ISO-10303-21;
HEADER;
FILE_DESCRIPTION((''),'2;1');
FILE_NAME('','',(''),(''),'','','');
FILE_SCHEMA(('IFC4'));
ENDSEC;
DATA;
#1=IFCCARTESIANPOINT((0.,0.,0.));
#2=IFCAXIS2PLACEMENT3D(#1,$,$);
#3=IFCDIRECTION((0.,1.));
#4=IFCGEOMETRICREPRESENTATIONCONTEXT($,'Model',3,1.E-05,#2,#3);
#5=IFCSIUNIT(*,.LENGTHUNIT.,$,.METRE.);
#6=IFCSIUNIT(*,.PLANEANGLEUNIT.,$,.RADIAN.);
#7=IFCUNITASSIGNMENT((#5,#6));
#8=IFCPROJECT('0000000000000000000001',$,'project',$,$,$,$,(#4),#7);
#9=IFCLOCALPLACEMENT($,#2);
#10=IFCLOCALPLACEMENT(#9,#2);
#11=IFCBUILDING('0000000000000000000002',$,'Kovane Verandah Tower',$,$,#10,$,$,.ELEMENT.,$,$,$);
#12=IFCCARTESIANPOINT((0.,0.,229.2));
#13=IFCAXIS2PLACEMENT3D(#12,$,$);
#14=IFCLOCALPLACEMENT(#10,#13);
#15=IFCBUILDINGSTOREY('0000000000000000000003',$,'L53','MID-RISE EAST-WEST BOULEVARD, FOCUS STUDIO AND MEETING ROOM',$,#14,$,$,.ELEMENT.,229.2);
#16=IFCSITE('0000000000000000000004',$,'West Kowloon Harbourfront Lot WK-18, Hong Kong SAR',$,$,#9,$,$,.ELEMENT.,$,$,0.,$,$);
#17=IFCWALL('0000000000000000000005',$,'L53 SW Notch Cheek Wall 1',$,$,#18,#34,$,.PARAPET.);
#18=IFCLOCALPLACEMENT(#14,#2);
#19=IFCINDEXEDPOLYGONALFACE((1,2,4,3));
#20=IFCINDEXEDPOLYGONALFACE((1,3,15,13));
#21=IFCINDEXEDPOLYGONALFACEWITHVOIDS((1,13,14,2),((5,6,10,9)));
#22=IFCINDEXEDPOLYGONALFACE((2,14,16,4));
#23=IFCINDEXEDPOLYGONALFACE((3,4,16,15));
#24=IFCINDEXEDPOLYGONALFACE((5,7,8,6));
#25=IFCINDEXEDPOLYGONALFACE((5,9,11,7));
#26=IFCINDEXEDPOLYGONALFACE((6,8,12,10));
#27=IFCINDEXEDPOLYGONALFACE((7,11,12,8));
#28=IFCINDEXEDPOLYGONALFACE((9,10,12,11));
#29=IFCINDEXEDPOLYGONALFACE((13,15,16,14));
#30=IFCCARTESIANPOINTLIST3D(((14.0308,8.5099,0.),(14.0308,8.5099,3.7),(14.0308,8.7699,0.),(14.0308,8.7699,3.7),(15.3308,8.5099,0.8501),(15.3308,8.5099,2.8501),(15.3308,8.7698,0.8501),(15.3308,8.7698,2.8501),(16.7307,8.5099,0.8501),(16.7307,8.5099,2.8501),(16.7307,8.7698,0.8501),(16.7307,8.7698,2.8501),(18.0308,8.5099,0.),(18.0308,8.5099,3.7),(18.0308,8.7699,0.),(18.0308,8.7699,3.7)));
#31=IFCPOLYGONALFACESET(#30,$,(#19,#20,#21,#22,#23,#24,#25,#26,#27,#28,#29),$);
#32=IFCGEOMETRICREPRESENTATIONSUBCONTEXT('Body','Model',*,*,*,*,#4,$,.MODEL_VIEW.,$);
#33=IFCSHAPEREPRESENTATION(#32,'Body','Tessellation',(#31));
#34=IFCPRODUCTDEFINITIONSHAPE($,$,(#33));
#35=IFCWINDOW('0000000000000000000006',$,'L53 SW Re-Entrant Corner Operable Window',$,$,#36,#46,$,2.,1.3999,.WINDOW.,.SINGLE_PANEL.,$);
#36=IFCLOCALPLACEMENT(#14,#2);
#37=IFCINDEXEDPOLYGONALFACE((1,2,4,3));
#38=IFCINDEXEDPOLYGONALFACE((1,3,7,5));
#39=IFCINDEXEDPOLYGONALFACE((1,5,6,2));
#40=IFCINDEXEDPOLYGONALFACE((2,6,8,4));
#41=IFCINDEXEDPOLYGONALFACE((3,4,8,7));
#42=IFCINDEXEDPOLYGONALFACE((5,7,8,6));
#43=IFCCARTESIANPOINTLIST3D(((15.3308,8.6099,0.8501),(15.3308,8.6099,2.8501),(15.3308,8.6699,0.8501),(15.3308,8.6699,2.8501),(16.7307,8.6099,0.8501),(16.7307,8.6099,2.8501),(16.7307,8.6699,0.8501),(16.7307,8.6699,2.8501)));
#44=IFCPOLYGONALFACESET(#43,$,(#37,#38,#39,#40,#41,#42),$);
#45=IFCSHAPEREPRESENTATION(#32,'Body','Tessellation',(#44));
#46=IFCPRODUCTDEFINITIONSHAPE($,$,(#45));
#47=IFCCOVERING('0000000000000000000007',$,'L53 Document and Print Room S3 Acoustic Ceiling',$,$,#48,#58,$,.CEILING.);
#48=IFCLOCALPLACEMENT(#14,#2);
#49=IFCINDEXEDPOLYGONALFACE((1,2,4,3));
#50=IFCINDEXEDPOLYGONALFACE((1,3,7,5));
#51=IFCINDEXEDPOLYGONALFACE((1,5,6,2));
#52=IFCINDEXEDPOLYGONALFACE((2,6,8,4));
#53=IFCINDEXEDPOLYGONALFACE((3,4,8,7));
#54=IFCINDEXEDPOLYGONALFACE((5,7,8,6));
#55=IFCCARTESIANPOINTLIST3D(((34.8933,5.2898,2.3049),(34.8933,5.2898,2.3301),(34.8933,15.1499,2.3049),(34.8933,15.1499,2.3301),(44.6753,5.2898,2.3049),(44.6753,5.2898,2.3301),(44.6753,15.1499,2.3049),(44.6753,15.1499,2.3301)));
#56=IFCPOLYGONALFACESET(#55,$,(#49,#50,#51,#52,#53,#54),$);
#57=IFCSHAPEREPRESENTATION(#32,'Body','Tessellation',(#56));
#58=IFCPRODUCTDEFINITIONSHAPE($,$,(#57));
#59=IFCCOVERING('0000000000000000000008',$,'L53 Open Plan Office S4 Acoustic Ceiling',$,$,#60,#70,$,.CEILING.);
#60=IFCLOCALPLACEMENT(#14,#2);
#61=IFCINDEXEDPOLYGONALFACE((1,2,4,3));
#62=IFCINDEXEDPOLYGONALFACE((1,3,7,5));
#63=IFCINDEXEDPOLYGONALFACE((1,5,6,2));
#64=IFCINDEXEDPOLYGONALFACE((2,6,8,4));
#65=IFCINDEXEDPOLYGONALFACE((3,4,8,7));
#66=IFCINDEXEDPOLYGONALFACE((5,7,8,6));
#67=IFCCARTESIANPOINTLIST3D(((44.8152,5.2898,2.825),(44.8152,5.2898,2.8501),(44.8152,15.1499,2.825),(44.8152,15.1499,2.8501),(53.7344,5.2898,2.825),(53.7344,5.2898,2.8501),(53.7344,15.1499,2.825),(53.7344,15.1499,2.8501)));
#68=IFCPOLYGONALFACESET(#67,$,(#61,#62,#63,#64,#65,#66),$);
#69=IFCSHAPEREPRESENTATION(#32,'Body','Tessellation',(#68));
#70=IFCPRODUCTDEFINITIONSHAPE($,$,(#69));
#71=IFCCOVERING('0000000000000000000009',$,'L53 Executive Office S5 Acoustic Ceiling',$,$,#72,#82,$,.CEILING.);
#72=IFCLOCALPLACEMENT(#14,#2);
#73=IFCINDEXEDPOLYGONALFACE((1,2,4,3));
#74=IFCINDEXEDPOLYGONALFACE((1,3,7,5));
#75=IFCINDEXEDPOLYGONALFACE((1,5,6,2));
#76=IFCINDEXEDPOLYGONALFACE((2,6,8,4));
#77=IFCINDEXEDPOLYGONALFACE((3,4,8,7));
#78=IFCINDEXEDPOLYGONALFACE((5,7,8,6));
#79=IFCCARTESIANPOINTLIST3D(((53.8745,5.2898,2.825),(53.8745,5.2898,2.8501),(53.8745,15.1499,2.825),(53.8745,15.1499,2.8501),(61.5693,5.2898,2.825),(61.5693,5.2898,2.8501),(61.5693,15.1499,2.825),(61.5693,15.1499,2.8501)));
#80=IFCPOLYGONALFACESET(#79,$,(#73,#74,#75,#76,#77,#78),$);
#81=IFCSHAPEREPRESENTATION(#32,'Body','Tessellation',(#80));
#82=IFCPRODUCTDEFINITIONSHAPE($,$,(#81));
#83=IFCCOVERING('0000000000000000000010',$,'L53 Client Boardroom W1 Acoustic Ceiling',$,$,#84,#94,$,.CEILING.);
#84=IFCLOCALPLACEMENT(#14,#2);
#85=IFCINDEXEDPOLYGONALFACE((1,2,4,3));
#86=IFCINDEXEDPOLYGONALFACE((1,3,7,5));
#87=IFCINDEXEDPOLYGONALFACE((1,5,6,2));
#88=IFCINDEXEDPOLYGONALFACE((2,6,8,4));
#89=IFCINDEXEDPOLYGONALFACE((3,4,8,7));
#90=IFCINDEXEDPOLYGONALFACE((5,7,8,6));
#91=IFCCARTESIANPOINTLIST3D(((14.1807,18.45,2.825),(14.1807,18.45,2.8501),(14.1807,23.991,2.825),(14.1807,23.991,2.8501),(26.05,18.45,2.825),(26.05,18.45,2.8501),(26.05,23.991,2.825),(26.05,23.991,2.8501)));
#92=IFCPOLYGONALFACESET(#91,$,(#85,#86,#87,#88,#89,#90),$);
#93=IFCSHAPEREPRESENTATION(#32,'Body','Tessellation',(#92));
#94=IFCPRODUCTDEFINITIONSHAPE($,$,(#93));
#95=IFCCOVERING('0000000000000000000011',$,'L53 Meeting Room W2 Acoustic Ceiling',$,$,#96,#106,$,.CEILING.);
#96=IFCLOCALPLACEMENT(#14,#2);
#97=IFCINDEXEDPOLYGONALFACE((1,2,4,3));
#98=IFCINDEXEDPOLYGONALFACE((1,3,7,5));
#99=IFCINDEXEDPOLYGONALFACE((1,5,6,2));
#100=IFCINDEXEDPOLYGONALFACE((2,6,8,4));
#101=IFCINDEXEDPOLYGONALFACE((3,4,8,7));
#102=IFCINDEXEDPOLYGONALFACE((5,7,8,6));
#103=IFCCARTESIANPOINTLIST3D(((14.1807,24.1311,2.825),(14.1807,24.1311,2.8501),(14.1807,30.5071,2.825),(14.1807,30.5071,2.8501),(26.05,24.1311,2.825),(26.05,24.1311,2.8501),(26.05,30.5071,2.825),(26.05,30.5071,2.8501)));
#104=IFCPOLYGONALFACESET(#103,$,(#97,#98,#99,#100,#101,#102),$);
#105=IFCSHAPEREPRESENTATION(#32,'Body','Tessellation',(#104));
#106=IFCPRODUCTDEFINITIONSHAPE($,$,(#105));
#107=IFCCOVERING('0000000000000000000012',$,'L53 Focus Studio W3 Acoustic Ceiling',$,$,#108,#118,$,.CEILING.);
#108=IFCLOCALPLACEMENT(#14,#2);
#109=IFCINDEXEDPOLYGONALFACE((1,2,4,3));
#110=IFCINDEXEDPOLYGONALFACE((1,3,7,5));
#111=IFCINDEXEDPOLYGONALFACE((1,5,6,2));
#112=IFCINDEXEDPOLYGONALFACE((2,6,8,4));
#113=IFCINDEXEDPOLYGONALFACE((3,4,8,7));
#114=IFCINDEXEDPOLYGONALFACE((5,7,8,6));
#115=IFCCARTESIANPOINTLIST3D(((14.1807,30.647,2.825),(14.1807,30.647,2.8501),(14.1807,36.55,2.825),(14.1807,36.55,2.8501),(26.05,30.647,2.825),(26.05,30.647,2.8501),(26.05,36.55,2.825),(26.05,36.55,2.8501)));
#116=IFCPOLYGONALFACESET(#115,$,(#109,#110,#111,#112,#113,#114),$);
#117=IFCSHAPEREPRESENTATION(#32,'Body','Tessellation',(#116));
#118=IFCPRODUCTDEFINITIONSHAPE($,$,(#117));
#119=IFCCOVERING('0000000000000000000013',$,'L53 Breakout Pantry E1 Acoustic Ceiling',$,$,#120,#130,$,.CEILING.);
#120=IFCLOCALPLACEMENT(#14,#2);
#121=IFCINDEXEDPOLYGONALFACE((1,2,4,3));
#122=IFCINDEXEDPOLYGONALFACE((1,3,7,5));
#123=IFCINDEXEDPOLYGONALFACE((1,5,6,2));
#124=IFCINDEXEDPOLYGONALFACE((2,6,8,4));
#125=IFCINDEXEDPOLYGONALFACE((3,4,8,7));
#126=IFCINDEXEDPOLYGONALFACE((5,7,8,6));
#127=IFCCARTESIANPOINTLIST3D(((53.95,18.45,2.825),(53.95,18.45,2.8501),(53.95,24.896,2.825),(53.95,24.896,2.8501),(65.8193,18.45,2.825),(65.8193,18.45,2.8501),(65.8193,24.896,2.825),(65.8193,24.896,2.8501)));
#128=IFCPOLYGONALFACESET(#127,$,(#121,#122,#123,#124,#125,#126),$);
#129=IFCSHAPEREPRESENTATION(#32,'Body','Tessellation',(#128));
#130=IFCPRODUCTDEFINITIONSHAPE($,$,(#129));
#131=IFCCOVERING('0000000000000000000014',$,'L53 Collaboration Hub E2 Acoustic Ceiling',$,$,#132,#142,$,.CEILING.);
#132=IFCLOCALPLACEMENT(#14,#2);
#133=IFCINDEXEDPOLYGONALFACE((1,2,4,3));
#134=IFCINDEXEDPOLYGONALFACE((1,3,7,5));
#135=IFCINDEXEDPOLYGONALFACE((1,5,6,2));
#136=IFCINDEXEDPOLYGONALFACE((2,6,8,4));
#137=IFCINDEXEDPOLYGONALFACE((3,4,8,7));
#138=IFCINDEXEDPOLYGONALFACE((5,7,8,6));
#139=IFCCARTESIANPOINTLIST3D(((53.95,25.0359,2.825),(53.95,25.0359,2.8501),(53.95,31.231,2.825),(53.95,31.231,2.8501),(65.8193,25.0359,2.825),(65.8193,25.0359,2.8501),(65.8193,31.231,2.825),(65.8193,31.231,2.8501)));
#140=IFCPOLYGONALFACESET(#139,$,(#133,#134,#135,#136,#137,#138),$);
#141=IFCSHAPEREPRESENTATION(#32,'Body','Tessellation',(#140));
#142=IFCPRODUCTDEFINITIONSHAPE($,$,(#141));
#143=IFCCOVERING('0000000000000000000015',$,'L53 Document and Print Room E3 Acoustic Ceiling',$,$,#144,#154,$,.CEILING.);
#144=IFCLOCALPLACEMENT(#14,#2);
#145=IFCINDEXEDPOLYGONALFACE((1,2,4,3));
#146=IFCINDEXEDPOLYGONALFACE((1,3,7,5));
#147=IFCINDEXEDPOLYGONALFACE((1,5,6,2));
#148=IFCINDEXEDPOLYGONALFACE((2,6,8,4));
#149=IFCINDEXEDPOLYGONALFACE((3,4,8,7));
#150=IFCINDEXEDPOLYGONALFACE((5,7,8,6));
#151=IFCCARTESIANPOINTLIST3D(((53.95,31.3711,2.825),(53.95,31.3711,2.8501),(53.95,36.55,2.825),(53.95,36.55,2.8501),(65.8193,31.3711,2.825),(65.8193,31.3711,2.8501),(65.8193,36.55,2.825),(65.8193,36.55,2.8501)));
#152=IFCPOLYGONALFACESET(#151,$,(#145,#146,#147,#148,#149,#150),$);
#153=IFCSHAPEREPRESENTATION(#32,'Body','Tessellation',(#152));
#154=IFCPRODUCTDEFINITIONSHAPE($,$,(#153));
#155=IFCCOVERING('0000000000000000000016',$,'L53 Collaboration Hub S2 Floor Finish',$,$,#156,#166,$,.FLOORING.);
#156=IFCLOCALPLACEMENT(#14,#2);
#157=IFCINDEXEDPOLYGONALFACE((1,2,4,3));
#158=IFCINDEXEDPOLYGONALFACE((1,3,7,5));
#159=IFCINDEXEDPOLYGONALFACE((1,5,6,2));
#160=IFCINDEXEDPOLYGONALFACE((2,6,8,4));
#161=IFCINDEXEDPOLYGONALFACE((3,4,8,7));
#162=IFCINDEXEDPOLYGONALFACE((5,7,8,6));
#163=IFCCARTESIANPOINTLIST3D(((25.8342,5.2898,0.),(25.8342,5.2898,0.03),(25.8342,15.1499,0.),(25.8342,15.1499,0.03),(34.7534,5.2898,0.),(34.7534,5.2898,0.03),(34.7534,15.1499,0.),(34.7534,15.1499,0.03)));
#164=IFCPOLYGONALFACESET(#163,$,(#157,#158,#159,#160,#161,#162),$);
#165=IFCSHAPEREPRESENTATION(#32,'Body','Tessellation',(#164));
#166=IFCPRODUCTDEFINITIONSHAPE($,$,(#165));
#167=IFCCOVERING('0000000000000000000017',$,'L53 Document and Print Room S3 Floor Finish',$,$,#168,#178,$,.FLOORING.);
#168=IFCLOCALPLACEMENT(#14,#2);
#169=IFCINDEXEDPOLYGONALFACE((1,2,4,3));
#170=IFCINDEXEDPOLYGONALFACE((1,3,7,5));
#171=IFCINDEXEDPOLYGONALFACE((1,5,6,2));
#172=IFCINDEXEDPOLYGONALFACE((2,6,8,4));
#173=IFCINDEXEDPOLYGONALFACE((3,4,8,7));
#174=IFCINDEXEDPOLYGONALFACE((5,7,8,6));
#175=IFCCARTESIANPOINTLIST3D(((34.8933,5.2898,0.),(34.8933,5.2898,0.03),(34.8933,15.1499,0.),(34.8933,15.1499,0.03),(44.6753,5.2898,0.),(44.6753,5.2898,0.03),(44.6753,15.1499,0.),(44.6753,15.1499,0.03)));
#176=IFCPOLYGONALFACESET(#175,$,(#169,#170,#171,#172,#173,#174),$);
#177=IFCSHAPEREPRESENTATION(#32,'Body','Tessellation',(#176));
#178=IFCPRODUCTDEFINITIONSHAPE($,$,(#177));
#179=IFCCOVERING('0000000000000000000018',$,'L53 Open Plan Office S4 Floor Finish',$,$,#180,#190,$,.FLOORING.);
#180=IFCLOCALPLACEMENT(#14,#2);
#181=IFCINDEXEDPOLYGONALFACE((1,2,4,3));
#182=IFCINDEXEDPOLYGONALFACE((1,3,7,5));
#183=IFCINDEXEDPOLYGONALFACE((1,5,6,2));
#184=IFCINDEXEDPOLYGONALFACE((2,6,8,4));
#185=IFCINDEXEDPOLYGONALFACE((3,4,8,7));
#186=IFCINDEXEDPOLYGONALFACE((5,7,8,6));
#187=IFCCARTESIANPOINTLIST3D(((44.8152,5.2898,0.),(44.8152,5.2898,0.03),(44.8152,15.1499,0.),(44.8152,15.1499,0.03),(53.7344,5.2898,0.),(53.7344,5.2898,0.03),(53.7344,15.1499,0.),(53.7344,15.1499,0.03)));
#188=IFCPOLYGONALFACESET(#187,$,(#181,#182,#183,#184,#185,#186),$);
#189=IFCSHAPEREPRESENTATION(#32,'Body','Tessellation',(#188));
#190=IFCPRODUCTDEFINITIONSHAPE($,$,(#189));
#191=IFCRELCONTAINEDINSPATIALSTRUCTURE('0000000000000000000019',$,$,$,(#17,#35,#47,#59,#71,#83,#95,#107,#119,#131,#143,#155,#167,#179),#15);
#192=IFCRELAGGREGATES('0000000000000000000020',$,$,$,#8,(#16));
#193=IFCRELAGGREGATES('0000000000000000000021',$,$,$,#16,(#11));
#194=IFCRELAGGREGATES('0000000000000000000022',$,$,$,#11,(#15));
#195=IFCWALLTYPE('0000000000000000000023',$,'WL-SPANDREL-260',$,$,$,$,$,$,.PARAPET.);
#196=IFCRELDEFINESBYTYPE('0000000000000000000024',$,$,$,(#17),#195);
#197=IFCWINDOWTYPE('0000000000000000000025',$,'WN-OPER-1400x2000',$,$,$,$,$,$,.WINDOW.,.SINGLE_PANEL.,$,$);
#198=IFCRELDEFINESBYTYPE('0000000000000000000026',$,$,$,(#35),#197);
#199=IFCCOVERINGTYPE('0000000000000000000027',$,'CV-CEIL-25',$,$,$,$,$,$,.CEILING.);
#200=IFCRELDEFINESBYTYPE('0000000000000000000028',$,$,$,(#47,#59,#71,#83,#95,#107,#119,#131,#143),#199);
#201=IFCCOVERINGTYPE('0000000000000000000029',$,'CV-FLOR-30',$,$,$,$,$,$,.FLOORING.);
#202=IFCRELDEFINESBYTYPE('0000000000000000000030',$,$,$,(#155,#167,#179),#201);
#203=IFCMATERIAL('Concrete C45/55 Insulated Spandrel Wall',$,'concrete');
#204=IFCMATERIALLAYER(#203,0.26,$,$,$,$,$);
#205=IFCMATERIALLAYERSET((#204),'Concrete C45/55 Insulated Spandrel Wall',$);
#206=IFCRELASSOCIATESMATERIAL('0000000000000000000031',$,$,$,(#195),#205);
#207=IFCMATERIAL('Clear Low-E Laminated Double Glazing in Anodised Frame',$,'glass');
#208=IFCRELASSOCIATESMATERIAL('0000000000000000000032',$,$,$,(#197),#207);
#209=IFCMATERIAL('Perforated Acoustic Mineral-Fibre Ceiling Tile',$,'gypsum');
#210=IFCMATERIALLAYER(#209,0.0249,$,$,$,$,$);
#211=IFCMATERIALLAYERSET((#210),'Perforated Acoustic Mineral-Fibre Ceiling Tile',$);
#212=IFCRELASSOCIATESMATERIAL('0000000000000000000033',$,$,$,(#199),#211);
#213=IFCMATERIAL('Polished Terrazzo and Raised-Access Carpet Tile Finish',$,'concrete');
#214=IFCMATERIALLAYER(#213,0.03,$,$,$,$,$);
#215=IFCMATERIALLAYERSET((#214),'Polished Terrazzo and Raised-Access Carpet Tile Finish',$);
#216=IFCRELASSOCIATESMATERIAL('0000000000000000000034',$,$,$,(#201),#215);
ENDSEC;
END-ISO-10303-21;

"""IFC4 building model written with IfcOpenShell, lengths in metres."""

from ifc_helpers import new_model, si_unit, direction, frame, frame_2d, origin, place, context, subcontext, project, spatial, polyline, rectangle, outline, extrude, material, layer, layer_set, type_object, element, fill, save


model = new_model("IFC4")

# Units and contexts
model_context = context("Model", 3, precision=1e-05, world=origin(), true_north=direction((0.0, 1.0)))
body_context = subcontext(model_context, "Body", "Model", "MODEL_VIEW")
ifc_project = project(units=[si_unit("LENGTHUNIT", "METRE"), si_unit("PLANEANGLEUNIT", "RADIAN")], contexts=[model_context])

# Site, building, storey
site_placement = place(None, origin())
site = spatial("IfcSite", under=ifc_project, at=site_placement, Name="West Kowloon Harbourfront Lot WK-18, Hong Kong SAR", CompositionType="ELEMENT", RefElevation=0.0)
building_placement = place(site_placement, origin())
building = spatial("IfcBuilding", under=site, at=building_placement, Name="Kovane Verandah Tower", CompositionType="ELEMENT")
storey_placement = place(building_placement, frame((0.0, 0.0, 229.2)))
storey = spatial("IfcBuildingStorey", under=building, at=storey_placement, Name="L53", Description="MID-RISE EAST-WEST BOULEVARD, FOCUS STUDIO AND MEETING ROOM", CompositionType="ELEMENT", Elevation=229.2)

# Wall, opening, window
ifc_material_1 = material(Name="Concrete C45/55 Insulated Spandrel Wall", Category="concrete")
ifc_layer_1 = layer(ifc_material_1, 0.26)
ifc_layer_set_1 = layer_set([ifc_layer_1], Name="Concrete C45/55 Insulated Spandrel Wall")
wall_type = type_object("IfcWallType", Name="WL-SPANDREL-260", PredefinedType="PARAPET", material=ifc_layer_set_1)
wall_placement = place(storey_placement, frame((14.0308, 8.6399, 0.0), z_axis=(0.0, 0.0, 1.0), x_axis=(1.0, 0.0, 0.0)))
wall = element("IfcWall", 1, at=wall_placement, inside=storey, type_object=wall_type, Name="L53 SW Notch Cheek Wall 1", PredefinedType="PARAPET", context=body_context, shape_type="SweptSolid", body=[
    extrude(rectangle(XDim=4.0, YDim=0.26, at=frame_2d((2.0, 0.0))), origin(), (0.0, 0.0, 1.0), 3.7),
])
opening_placement = place(wall_placement, frame((1.3, 0.0, 0.8501)))
opening = element("IfcOpeningElement", 2, at=opening_placement, cuts=wall, PredefinedType="OPENING", context=body_context, shape_type="SweptSolid", body=[
    extrude(rectangle(XDim=1.3999, YDim=2.0, at=frame_2d((0.7, 1.0))), frame((0.0, 0.1299, 0.0), z_axis=(0.0, -1.0, 0.0), x_axis=(1.0, 0.0, 0.0)), (0.0, 0.0, 1.0), 0.26),
])
ifc_material_2 = material(Name="Clear Low-E Laminated Double Glazing in Anodised Frame", Category="glass")
window_type = type_object("IfcWindowType", Name="WN-OPER-1400x2000", PartitioningType="SINGLE_PANEL", PredefinedType="WINDOW", material=ifc_material_2)
window_placement = place(opening_placement, origin())
window = element("IfcWindow", 3, at=window_placement, inside=storey, type_object=window_type, Name="L53 SW Re-Entrant Corner Operable Window", OverallHeight=2.0, OverallWidth=1.3999, PartitioningType="SINGLE_PANEL", PredefinedType="WINDOW", context=body_context, shape_type="SweptSolid", body=[
    extrude(rectangle(XDim=1.3999, YDim=2.0, at=frame_2d((0.7, 1.0))), frame((0.0, 0.03, 0.0), z_axis=(0.0, -1.0, 0.0), x_axis=(1.0, 0.0, 0.0)), (0.0, 0.0, 1.0), 0.0601),
])
fill(opening, window)

# Coverings
ifc_material_3 = material(Name="Perforated Acoustic Mineral-Fibre Ceiling Tile", Category="gypsum")
ifc_layer_2 = layer(ifc_material_3, 0.0249)
ifc_layer_set_2 = layer_set([ifc_layer_2], Name="Perforated Acoustic Mineral-Fibre Ceiling Tile")
covering_type_1 = type_object("IfcCoveringType", Name="CV-CEIL-25", PredefinedType="CEILING", material=ifc_layer_set_2)
covering_1_placement = place(storey_placement, frame((0.0, 0.0, 2.3049)))
element("IfcCovering", 4, at=covering_1_placement, inside=storey, type_object=covering_type_1, Name="L53 Document and Print Room S3 Acoustic Ceiling", PredefinedType="CEILING", context=body_context, shape_type="SweptSolid", body=[
    extrude(outline(polyline([(34.8933, 5.2898), (44.6753, 5.2898), (44.6753, 15.1499), (34.8933, 15.1499), (34.8933, 5.2898)])), origin(), (0.0, 0.0, 1.0), 0.0251),
])
covering_2_placement = place(storey_placement, frame((0.0, 0.0, 2.825)))
element("IfcCovering", 5, at=covering_2_placement, inside=storey, type_object=covering_type_1, Name="L53 Open Plan Office S4 Acoustic Ceiling", PredefinedType="CEILING", context=body_context, shape_type="SweptSolid", body=[
    extrude(outline(polyline([(44.8152, 5.2898), (53.7344, 5.2898), (53.7344, 15.1499), (44.8152, 15.1499), (44.8152, 5.2898)])), origin(), (0.0, 0.0, 1.0), 0.0251),
])
covering_3_placement = place(storey_placement, frame((0.0, 0.0, 2.825)))
element("IfcCovering", 6, at=covering_3_placement, inside=storey, type_object=covering_type_1, Name="L53 Executive Office S5 Acoustic Ceiling", PredefinedType="CEILING", context=body_context, shape_type="SweptSolid", body=[
    extrude(outline(polyline([(53.8745, 5.2898), (61.5693, 5.2898), (61.5693, 15.1499), (53.8745, 15.1499), (53.8745, 5.2898)])), origin(), (0.0, 0.0, 1.0), 0.0251),
])
covering_4_placement = place(storey_placement, frame((0.0, 0.0, 2.825)))
element("IfcCovering", 7, at=covering_4_placement, inside=storey, type_object=covering_type_1, Name="L53 Client Boardroom W1 Acoustic Ceiling", PredefinedType="CEILING", context=body_context, shape_type="SweptSolid", body=[
    extrude(outline(polyline([(14.1807, 18.45), (26.05, 18.45), (26.05, 23.991), (14.1807, 23.991), (14.1807, 18.45)])), origin(), (0.0, 0.0, 1.0), 0.0251),
])
covering_5_placement = place(storey_placement, frame((0.0, 0.0, 2.825)))
element("IfcCovering", 8, at=covering_5_placement, inside=storey, type_object=covering_type_1, Name="L53 Meeting Room W2 Acoustic Ceiling", PredefinedType="CEILING", context=body_context, shape_type="SweptSolid", body=[
    extrude(outline(polyline([(14.1807, 24.1311), (26.05, 24.1311), (26.05, 30.5071), (14.1807, 30.5071), (14.1807, 24.1311)])), origin(), (0.0, 0.0, 1.0), 0.0251),
])
covering_6_placement = place(storey_placement, frame((0.0, 0.0, 2.825)))
element("IfcCovering", 9, at=covering_6_placement, inside=storey, type_object=covering_type_1, Name="L53 Focus Studio W3 Acoustic Ceiling", PredefinedType="CEILING", context=body_context, shape_type="SweptSolid", body=[
    extrude(outline(polyline([(14.1807, 30.647), (26.05, 30.647), (26.05, 36.55), (14.1807, 36.55), (14.1807, 30.647)])), origin(), (0.0, 0.0, 1.0), 0.0251),
])
covering_7_placement = place(storey_placement, frame((0.0, 0.0, 2.825)))
element("IfcCovering", 10, at=covering_7_placement, inside=storey, type_object=covering_type_1, Name="L53 Breakout Pantry E1 Acoustic Ceiling", PredefinedType="CEILING", context=body_context, shape_type="SweptSolid", body=[
    extrude(outline(polyline([(53.95, 18.45), (65.8193, 18.45), (65.8193, 24.896), (53.95, 24.896), (53.95, 18.45)])), origin(), (0.0, 0.0, 1.0), 0.0251),
])
covering_8_placement = place(storey_placement, frame((0.0, 0.0, 2.825)))
element("IfcCovering", 11, at=covering_8_placement, inside=storey, type_object=covering_type_1, Name="L53 Collaboration Hub E2 Acoustic Ceiling", PredefinedType="CEILING", context=body_context, shape_type="SweptSolid", body=[
    extrude(outline(polyline([(53.95, 25.0359), (65.8193, 25.0359), (65.8193, 31.231), (53.95, 31.231), (53.95, 25.0359)])), origin(), (0.0, 0.0, 1.0), 0.0251),
])
covering_9_placement = place(storey_placement, frame((0.0, 0.0, 2.825)))
element("IfcCovering", 12, at=covering_9_placement, inside=storey, type_object=covering_type_1, Name="L53 Document and Print Room E3 Acoustic Ceiling", PredefinedType="CEILING", context=body_context, shape_type="SweptSolid", body=[
    extrude(outline(polyline([(53.95, 31.3711), (65.8193, 31.3711), (65.8193, 36.55), (53.95, 36.55), (53.95, 31.3711)])), origin(), (0.0, 0.0, 1.0), 0.0251),
])
ifc_material_4 = material(Name="Polished Terrazzo and Raised-Access Carpet Tile Finish", Category="concrete")
ifc_layer_3 = layer(ifc_material_4, 0.03)
ifc_layer_set_3 = layer_set([ifc_layer_3], Name="Polished Terrazzo and Raised-Access Carpet Tile Finish")
covering_type_2 = type_object("IfcCoveringType", Name="CV-FLOR-30", PredefinedType="FLOORING", material=ifc_layer_set_3)
covering_10_placement = place(storey_placement, origin())
element("IfcCovering", 13, at=covering_10_placement, inside=storey, type_object=covering_type_2, Name="L53 Collaboration Hub S2 Floor Finish", PredefinedType="FLOORING", context=body_context, shape_type="SweptSolid", body=[
    extrude(outline(polyline([(25.8342, 5.2898), (34.7534, 5.2898), (34.7534, 15.1499), (25.8342, 15.1499), (25.8342, 5.2898)])), origin(), (0.0, 0.0, 1.0), 0.03),
])
covering_11_placement = place(storey_placement, origin())
element("IfcCovering", 14, at=covering_11_placement, inside=storey, type_object=covering_type_2, Name="L53 Document and Print Room S3 Floor Finish", PredefinedType="FLOORING", context=body_context, shape_type="SweptSolid", body=[
    extrude(outline(polyline([(34.8933, 5.2898), (44.6753, 5.2898), (44.6753, 15.1499), (34.8933, 15.1499), (34.8933, 5.2898)])), origin(), (0.0, 0.0, 1.0), 0.03),
])
covering_12_placement = place(storey_placement, origin())
element("IfcCovering", 15, at=covering_12_placement, inside=storey, type_object=covering_type_2, Name="L53 Open Plan Office S4 Floor Finish", PredefinedType="FLOORING", context=body_context, shape_type="SweptSolid", body=[
    extrude(outline(polyline([(44.8152, 5.2898), (53.7344, 5.2898), (53.7344, 15.1499), (44.8152, 15.1499), (44.8152, 5.2898)])), origin(), (0.0, 0.0, 1.0), 0.03),
])

save(model, "model.ifc")
